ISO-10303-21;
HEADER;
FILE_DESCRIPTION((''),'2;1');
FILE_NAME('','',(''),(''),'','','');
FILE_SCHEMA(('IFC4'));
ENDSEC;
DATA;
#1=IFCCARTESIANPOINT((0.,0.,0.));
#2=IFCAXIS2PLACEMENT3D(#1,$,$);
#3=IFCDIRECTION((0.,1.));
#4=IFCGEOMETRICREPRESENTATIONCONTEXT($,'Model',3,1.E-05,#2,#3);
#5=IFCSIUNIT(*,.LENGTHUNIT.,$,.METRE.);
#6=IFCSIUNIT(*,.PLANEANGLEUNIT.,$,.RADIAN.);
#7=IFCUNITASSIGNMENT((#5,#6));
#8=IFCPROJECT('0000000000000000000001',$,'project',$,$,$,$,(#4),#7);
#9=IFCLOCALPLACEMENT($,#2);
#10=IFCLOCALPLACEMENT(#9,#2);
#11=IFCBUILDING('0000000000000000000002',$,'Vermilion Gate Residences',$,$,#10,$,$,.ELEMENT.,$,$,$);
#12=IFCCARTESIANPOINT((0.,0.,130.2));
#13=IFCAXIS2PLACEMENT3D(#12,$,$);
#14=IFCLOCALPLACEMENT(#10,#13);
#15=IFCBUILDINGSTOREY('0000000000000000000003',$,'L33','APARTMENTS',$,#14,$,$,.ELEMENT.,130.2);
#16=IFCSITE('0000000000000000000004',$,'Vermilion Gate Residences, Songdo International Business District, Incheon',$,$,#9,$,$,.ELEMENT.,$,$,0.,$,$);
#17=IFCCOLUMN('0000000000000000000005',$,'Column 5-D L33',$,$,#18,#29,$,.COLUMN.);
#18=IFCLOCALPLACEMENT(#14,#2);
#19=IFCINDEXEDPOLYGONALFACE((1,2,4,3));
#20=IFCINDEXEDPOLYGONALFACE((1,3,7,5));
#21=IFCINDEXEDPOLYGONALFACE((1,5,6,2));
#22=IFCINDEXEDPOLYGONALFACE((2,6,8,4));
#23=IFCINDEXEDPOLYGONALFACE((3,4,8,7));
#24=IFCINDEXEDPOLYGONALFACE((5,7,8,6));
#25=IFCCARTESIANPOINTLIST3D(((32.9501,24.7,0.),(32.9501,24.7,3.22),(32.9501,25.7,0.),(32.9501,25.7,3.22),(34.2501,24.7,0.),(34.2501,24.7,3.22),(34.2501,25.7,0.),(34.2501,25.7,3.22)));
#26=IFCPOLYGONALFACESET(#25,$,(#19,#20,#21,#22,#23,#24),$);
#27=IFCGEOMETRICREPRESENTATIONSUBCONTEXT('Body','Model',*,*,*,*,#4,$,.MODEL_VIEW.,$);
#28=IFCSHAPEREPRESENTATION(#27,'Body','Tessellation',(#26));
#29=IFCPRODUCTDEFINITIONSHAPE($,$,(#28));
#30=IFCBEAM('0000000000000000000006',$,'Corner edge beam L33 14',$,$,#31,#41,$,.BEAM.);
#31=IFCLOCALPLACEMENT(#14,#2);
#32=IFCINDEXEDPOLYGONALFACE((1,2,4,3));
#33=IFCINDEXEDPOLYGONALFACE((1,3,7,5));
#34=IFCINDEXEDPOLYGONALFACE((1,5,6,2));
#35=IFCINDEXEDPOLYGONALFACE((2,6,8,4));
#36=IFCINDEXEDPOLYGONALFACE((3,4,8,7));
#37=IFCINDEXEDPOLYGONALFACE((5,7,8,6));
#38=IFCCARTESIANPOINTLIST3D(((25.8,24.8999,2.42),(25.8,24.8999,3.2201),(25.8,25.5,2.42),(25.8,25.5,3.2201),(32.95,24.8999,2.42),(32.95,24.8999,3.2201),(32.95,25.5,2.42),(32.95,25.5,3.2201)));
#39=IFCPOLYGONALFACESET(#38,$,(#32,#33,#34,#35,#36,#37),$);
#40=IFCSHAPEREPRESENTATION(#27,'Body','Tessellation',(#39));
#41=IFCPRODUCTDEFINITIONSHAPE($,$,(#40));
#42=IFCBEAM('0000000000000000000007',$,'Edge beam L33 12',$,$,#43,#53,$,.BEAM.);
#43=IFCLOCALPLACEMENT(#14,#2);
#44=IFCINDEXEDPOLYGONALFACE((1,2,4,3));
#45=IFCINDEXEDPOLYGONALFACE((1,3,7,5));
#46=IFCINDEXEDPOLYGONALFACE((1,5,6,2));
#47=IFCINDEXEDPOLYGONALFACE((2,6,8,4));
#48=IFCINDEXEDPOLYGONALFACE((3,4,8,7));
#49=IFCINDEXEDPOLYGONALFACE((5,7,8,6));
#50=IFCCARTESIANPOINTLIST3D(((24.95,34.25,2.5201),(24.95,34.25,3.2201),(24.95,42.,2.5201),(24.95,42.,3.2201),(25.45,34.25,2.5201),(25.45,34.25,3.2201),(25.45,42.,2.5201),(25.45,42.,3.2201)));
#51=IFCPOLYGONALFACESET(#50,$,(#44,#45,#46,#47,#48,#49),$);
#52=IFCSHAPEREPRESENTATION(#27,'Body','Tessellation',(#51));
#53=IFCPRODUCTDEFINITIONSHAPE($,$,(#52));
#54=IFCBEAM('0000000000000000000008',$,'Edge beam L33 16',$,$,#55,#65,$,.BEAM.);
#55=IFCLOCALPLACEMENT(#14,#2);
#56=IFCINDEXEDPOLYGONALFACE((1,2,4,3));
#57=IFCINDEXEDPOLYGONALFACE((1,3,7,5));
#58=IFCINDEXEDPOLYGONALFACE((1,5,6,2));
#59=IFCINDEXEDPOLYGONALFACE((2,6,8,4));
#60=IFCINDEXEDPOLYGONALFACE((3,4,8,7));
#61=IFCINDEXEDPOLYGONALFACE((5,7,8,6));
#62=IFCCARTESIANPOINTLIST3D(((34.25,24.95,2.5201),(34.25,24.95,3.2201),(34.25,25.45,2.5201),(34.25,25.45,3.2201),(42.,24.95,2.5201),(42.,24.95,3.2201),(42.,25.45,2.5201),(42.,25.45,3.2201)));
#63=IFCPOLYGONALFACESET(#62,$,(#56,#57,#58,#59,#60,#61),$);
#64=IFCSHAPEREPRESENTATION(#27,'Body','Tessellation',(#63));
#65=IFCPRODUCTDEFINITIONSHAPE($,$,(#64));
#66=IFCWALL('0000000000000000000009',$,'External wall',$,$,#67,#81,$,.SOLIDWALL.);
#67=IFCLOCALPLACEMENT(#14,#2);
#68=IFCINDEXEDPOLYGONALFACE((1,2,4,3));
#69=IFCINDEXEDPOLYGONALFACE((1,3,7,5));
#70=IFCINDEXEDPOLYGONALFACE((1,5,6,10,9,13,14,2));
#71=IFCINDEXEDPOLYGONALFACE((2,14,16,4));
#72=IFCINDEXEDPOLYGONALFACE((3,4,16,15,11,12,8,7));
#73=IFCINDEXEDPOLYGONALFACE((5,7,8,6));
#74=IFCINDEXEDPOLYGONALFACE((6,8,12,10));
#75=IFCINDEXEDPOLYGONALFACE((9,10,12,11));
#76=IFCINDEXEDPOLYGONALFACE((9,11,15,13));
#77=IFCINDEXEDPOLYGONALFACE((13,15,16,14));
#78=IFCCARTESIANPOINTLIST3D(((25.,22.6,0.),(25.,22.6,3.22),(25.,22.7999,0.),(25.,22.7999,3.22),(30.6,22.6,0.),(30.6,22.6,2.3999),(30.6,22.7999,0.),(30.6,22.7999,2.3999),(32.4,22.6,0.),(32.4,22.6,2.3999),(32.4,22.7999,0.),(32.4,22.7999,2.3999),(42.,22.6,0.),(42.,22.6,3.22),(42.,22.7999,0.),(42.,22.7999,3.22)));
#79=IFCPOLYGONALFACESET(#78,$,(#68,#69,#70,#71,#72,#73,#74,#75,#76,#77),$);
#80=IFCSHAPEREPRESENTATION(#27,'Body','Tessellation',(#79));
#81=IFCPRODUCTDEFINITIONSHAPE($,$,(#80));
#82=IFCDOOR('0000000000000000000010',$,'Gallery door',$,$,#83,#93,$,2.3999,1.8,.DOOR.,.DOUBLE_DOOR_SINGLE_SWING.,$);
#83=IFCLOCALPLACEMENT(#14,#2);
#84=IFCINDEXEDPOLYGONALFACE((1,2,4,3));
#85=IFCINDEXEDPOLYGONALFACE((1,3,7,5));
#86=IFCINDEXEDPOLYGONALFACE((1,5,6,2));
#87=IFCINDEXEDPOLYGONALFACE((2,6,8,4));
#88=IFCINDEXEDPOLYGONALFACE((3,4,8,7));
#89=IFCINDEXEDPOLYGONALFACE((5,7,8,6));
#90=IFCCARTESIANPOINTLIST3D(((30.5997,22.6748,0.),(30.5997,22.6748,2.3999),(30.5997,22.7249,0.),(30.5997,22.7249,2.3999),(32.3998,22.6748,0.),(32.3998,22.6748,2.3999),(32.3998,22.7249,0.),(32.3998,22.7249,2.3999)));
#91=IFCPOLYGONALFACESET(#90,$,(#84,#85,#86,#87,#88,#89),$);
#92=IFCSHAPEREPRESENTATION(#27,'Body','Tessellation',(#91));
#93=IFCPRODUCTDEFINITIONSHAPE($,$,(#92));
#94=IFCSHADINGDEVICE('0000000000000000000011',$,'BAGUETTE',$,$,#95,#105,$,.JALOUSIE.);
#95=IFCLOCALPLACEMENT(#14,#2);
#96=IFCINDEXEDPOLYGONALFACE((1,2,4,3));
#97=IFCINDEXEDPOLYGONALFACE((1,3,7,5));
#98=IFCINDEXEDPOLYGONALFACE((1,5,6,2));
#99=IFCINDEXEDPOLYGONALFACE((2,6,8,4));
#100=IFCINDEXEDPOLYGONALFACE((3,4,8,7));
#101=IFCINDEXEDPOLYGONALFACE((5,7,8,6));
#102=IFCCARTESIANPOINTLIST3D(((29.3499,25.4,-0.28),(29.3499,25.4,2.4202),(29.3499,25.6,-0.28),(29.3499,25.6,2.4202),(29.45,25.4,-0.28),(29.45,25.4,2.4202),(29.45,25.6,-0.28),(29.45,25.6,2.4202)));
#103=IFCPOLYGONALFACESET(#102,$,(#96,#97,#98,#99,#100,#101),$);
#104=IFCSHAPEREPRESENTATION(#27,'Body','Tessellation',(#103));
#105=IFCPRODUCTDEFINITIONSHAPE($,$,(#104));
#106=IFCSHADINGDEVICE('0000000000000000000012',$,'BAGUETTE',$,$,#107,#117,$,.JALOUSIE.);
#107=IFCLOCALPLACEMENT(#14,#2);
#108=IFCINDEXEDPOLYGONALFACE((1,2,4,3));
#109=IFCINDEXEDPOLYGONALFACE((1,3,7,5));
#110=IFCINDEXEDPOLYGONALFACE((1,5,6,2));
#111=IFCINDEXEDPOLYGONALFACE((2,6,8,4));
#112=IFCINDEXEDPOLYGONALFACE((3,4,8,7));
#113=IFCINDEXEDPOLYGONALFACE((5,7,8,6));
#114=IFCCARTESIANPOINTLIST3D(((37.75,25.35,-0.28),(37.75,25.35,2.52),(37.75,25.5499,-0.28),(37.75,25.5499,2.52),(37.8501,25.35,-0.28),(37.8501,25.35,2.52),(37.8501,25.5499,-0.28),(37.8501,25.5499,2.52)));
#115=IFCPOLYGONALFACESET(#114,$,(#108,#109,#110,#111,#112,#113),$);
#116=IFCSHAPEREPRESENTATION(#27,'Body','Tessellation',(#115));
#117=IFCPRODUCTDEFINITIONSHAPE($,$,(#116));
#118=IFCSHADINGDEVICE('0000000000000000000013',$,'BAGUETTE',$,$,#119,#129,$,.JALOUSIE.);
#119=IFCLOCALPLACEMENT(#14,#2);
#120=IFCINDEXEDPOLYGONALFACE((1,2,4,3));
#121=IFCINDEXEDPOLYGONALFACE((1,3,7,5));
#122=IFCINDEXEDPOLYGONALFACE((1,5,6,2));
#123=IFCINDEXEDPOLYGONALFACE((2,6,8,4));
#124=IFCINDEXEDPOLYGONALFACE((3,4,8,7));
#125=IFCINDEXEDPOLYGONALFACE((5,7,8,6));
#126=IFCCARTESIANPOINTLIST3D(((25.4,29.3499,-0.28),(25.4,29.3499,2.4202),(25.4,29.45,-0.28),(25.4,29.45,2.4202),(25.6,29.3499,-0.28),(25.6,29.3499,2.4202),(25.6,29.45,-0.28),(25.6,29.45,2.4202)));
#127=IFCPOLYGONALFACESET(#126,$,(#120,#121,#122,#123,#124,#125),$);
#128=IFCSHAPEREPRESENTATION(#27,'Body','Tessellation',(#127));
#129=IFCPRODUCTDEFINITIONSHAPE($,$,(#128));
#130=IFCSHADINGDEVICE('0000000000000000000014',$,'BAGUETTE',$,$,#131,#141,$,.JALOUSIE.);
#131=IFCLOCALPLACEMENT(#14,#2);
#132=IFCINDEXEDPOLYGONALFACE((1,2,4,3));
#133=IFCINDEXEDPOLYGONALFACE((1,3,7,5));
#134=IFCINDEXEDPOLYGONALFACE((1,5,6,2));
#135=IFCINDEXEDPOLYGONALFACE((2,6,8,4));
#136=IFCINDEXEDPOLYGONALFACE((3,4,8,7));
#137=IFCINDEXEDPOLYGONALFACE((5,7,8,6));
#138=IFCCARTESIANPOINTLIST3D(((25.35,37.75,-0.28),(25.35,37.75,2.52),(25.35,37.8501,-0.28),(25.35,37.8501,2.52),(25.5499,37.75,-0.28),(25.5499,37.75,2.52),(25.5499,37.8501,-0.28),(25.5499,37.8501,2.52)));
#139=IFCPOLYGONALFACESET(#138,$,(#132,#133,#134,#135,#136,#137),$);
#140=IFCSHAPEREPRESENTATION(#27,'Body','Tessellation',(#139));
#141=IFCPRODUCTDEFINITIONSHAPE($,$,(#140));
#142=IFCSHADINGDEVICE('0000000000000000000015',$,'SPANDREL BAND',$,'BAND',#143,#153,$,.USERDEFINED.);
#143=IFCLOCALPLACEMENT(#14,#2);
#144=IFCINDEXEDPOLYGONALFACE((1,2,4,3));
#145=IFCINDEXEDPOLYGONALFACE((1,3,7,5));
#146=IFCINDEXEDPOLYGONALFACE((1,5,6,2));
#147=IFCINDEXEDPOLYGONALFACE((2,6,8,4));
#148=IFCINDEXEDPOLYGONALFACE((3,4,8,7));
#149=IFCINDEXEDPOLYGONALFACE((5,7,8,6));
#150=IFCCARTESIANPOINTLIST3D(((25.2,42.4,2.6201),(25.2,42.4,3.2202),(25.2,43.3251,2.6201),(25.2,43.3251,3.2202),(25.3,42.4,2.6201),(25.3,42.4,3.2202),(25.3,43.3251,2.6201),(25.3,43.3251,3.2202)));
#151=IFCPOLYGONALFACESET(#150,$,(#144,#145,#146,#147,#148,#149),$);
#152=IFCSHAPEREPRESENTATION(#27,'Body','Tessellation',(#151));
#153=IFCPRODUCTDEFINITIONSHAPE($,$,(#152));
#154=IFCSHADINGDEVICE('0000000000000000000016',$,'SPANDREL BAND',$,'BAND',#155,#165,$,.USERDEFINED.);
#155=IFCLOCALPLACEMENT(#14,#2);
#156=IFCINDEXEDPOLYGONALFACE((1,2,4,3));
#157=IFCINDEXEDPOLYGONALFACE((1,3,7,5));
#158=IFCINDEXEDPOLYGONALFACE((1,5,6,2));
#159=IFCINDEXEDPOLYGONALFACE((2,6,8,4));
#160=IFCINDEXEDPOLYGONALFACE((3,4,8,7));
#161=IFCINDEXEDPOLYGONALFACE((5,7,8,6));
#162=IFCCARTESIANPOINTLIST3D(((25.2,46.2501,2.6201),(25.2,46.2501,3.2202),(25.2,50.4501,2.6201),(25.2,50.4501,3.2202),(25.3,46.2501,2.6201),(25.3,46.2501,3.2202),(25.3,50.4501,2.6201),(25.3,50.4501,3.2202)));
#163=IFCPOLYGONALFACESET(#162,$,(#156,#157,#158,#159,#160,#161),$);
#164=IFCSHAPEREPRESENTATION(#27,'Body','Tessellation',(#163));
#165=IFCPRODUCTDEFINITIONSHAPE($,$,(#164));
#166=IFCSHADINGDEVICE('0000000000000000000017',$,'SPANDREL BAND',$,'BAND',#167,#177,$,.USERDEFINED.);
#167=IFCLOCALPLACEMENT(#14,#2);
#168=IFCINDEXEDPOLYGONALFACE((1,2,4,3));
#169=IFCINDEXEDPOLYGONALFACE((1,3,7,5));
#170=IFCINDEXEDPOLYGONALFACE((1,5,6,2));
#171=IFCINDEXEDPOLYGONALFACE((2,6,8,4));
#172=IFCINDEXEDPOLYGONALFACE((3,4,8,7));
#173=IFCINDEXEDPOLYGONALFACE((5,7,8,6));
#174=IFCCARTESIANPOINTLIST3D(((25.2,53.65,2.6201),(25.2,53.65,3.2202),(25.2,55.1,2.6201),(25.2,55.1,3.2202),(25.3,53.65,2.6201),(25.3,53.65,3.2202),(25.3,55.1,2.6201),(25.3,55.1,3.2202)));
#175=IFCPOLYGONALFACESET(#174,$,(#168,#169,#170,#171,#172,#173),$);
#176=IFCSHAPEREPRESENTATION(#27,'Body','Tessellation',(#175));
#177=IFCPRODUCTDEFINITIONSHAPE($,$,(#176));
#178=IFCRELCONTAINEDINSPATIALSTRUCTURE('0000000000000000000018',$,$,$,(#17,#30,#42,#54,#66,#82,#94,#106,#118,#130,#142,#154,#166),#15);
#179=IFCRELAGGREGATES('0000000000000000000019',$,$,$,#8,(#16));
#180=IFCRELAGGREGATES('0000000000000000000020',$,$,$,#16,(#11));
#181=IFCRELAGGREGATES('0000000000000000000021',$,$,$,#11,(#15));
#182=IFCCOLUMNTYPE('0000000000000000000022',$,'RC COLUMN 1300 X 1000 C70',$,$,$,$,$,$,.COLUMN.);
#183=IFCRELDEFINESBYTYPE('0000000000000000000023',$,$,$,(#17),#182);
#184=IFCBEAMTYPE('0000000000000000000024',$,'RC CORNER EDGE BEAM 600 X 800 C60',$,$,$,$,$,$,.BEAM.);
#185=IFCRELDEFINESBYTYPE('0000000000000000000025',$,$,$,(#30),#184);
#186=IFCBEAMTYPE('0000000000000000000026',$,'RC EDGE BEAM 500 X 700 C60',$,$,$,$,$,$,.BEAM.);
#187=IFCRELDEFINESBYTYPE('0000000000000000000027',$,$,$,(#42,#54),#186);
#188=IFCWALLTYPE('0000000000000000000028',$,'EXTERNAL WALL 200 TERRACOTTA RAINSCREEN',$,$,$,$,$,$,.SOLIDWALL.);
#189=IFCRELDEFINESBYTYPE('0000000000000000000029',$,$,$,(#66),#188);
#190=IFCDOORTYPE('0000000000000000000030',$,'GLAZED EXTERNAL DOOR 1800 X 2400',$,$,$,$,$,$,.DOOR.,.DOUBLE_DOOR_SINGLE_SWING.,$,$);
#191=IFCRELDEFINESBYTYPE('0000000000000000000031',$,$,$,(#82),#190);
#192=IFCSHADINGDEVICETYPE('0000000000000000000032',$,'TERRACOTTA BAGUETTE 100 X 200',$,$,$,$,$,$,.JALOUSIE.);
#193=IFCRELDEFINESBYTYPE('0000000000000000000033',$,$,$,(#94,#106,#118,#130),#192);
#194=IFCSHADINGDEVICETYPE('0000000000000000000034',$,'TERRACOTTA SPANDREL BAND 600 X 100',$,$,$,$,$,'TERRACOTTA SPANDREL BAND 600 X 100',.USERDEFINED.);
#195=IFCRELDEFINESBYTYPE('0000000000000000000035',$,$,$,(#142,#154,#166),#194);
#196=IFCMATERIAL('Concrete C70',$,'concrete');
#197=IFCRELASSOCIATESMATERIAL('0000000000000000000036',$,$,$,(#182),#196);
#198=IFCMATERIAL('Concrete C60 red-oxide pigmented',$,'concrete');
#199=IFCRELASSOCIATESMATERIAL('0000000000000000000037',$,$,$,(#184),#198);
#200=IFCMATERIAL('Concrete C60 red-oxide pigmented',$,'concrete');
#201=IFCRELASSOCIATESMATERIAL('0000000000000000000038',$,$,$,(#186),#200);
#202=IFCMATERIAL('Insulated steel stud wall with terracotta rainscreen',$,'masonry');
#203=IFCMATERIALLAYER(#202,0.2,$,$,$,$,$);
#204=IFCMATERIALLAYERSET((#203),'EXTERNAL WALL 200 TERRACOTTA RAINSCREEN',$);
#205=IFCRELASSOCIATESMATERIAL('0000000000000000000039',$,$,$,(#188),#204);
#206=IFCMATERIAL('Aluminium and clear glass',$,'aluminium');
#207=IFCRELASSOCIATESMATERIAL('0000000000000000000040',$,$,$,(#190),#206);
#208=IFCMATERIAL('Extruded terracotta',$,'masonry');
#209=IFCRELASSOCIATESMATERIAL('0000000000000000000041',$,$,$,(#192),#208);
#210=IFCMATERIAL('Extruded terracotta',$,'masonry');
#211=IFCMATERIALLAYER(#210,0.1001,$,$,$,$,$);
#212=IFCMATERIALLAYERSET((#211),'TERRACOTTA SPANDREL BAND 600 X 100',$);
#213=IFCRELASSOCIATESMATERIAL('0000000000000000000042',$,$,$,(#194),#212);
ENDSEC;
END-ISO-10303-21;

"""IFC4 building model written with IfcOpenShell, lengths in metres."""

from ifc_helpers import new_model, si_unit, direction, frame, frame_2d, origin, origin_2d, place, context, subcontext, project, spatial, rectangle, extrude, material, layer, layer_set, material_profile, profile_set, type_object, element, fill, save


model = new_model("IFC4")

# Units and contexts
model_context = context("Model", 3, precision=1e-05, world=origin(), true_north=direction((0.0, 1.0)))
body_context = subcontext(model_context, "Body", "Model", "MODEL_VIEW")
ifc_project = project(units=[si_unit("LENGTHUNIT", "METRE"), si_unit("PLANEANGLEUNIT", "RADIAN")], contexts=[model_context])

# Site, building, storey
site_placement = place(None, origin())
site = spatial("IfcSite", under=ifc_project, at=site_placement, Name="Vermilion Gate Residences, Songdo International Business District, Incheon", CompositionType="ELEMENT", RefElevation=0.0)
building_placement = place(site_placement, origin())
building = spatial("IfcBuilding", under=site, at=building_placement, Name="Vermilion Gate Residences", CompositionType="ELEMENT")
storey_placement = place(building_placement, frame((0.0, 0.0, 130.2)))
storey = spatial("IfcBuildingStorey", under=building, at=storey_placement, Name="L33", Description="APARTMENTS", CompositionType="ELEMENT", Elevation=130.2)

# Column
ifc_material_1 = material(Name="Concrete C70", Category="concrete")
ifc_material_profile_1 = material_profile(ifc_material_1, rectangle(XDim=1.3, YDim=1.0, at=origin_2d()), Name="RC-1300x1000")
ifc_profile_set_1 = profile_set([ifc_material_profile_1], Name="Concrete C70")
column_type = type_object("IfcColumnType", Name="RC COLUMN 1300 X 1000 C70", PredefinedType="COLUMN", material=ifc_profile_set_1)
column_placement = place(storey_placement, frame((33.6001, 25.2, 0.0), z_axis=(0.0, 0.0, 1.0), x_axis=(1.0, 0.0, 0.0)))
element("IfcColumn", 1, at=column_placement, inside=storey, type_object=column_type, Name="Column 5-D L33", PredefinedType="COLUMN", context=body_context, shape_type="SweptSolid", body=[
    extrude(rectangle(XDim=1.3, YDim=1.0, at=origin_2d()), origin(), (0.0, 0.0, 1.0), 3.22),
])

# Beams
ifc_material_2 = material(Name="Concrete C60 red-oxide pigmented", Category="concrete")
ifc_material_profile_2 = material_profile(ifc_material_2, rectangle(XDim=0.6001, YDim=0.8, at=origin_2d()), Name="RC-600x800")
ifc_profile_set_2 = profile_set([ifc_material_profile_2], Name="Concrete C60 red-oxide pigmented")
beam_type_1 = type_object("IfcBeamType", Name="RC CORNER EDGE BEAM 600 X 800 C60", PredefinedType="BEAM", material=ifc_profile_set_2)
beam_placement = place(storey_placement, frame((25.8, 25.2, 2.8201), z_axis=(1.0, 0.0, 0.0), x_axis=(0.0, 1.0, 0.0)))
element("IfcBeam", 2, at=beam_placement, inside=storey, type_object=beam_type_1, Name="Corner edge beam L33 14", PredefinedType="BEAM", context=body_context, shape_type="SweptSolid", body=[
    extrude(rectangle(XDim=0.6001, YDim=0.8, at=origin_2d()), origin(), (0.0, 0.0, 1.0), 7.1499),
])
ifc_material_3 = material(Name="Concrete C60 red-oxide pigmented", Category="concrete")
ifc_material_profile_3 = material_profile(ifc_material_3, rectangle(XDim=0.5, YDim=0.7, at=origin_2d()), Name="RC-500x700")
ifc_profile_set_3 = profile_set([ifc_material_profile_3], Name="Concrete C60 red-oxide pigmented")
beam_type_2 = type_object("IfcBeamType", Name="RC EDGE BEAM 500 X 700 C60", PredefinedType="BEAM", material=ifc_profile_set_3)
for number, where, z_axis, x_axis, name in (
    (3, (25.2, 34.25, 2.8701), (0.0, 1.0, 0.0), (-1.0, 0.0, 0.0), "Edge beam L33 12"),
    (4, (34.25, 25.2, 2.8701), (1.0, 0.0, 0.0), (0.0, 1.0, 0.0), "Edge beam L33 16"),
):
    element("IfcBeam", number, at=place(storey_placement, frame(where, z_axis=z_axis, x_axis=x_axis)), inside=storey, type_object=beam_type_2, Name=name, PredefinedType="BEAM", context=body_context, shape_type="SweptSolid", body=[
        extrude(rectangle(XDim=0.5, YDim=0.7, at=origin_2d()), origin(), (0.0, 0.0, 1.0), 7.75),
    ])

# Wall, opening, door
ifc_material_4 = material(Name="Insulated steel stud wall with terracotta rainscreen", Category="masonry")
ifc_layer_1 = layer(ifc_material_4, 0.2)
ifc_layer_set_1 = layer_set([ifc_layer_1], Name="EXTERNAL WALL 200 TERRACOTTA RAINSCREEN")
wall_type = type_object("IfcWallType", Name="EXTERNAL WALL 200 TERRACOTTA RAINSCREEN", PredefinedType="SOLIDWALL", material=ifc_layer_set_1)
wall_placement = place(storey_placement, frame((42.0, 22.7, 0.0), z_axis=(0.0, 0.0, 1.0), x_axis=(-1.0, 0.0, 0.0)))
wall = element("IfcWall", 5, at=wall_placement, inside=storey, type_object=wall_type, Name="External wall", PredefinedType="SOLIDWALL", context=body_context, shape_type="SweptSolid", body=[
    extrude(rectangle(XDim=17.0, YDim=0.2, at=frame_2d((8.5, 0.0))), origin(), (0.0, 0.0, 1.0), 3.22),
])
opening_placement = place(wall_placement, frame((9.6001, 0.0, 0.0)))
opening = element("IfcOpeningElement", 6, at=opening_placement, cuts=wall, PredefinedType="OPENING", context=body_context, shape_type="SweptSolid", body=[
    extrude(rectangle(XDim=1.8, YDim=2.3999, at=frame_2d((0.8999, 1.2))), frame((0.0, 0.1099, 0.0), z_axis=(0.0, -1.0, 0.0), x_axis=(1.0, 0.0, 0.0)), (0.0, 0.0, 1.0), 0.22),
])
ifc_material_5 = material(Name="Aluminium and clear glass", Category="aluminium")
door_type = type_object("IfcDoorType", Name="GLAZED EXTERNAL DOOR 1800 X 2400", OperationType="DOUBLE_DOOR_SINGLE_SWING", PredefinedType="DOOR", material=ifc_material_5)
door_placement = place(opening_placement, frame((1.8, 0.0, 0.0), z_axis=(0.0, 0.0, 1.0), x_axis=(-1.0, 0.0, 0.0)))
door = element("IfcDoor", 7, at=door_placement, inside=storey, type_object=door_type, Name="Gallery door", OperationType="DOUBLE_DOOR_SINGLE_SWING", OverallHeight=2.3999, OverallWidth=1.8, PredefinedType="DOOR", context=body_context, shape_type="SweptSolid", body=[
    extrude(rectangle(XDim=1.8, YDim=2.3999, at=frame_2d((0.8999, 1.2))), frame((0.0, 0.0249, 0.0), z_axis=(0.0, -1.0, 0.0), x_axis=(1.0, 0.0, 0.0)), (0.0, 0.0, 1.0), 0.05),
])
fill(opening, door)

# Shading devices
ifc_material_6 = material(Name="Extruded terracotta", Category="masonry")
ifc_material_profile_4 = material_profile(ifc_material_6, rectangle(XDim=0.2, YDim=0.1001, at=origin_2d()), Name="BAGUETTE 100 X 200")
ifc_profile_set_4 = profile_set([ifc_material_profile_4], Name="Extruded terracotta")
shading_device_type_1 = type_object("IfcShadingDeviceType", Name="TERRACOTTA BAGUETTE 100 X 200", PredefinedType="JALOUSIE", material=ifc_profile_set_4)
shading_device_1_placement = place(storey_placement, frame((29.3999, 25.5, -0.28), z_axis=(0.0, 0.0, 1.0), x_axis=(0.0, -1.0, 0.0)))
element("IfcShadingDevice", 8, at=shading_device_1_placement, inside=storey, type_object=shading_device_type_1, Name="BAGUETTE", PredefinedType="JALOUSIE", context=body_context, shape_type="SweptSolid", body=[
    extrude(rectangle(XDim=0.2, YDim=0.1001, at=origin_2d()), origin(), (0.0, 0.0, 1.0), 2.7002),
])
shading_device_2_placement = place(storey_placement, frame((37.8, 25.45, -0.28), z_axis=(0.0, 0.0, 1.0), x_axis=(0.0, -1.0, 0.0)))
element("IfcShadingDevice", 9, at=shading_device_2_placement, inside=storey, type_object=shading_device_type_1, Name="BAGUETTE", PredefinedType="JALOUSIE", context=body_context, shape_type="SweptSolid", body=[
    extrude(rectangle(XDim=0.2, YDim=0.1001, at=origin_2d()), origin(), (0.0, 0.0, 1.0), 2.8),
])
shading_device_3_placement = place(storey_placement, frame((25.5, 29.3999, -0.28), z_axis=(0.0, 0.0, 1.0), x_axis=(-1.0, 0.0, 0.0)))
element("IfcShadingDevice", 10, at=shading_device_3_placement, inside=storey, type_object=shading_device_type_1, Name="BAGUETTE", PredefinedType="JALOUSIE", context=body_context, shape_type="SweptSolid", body=[
    extrude(rectangle(XDim=0.2, YDim=0.1001, at=origin_2d()), origin(), (0.0, 0.0, 1.0), 2.7002),
])
shading_device_4_placement = place(storey_placement, frame((25.45, 37.8, -0.28), z_axis=(0.0, 0.0, 1.0), x_axis=(-1.0, 0.0, 0.0)))
element("IfcShadingDevice", 11, at=shading_device_4_placement, inside=storey, type_object=shading_device_type_1, Name="BAGUETTE", PredefinedType="JALOUSIE", context=body_context, shape_type="SweptSolid", body=[
    extrude(rectangle(XDim=0.2, YDim=0.1001, at=origin_2d()), origin(), (0.0, 0.0, 1.0), 2.8),
])
ifc_material_7 = material(Name="Extruded terracotta", Category="masonry")
ifc_layer_2 = layer(ifc_material_7, 0.1001)
ifc_layer_set_2 = layer_set([ifc_layer_2], Name="TERRACOTTA SPANDREL BAND 600 X 100")
shading_device_type_2 = type_object("IfcShadingDeviceType", Name="TERRACOTTA SPANDREL BAND 600 X 100", ElementType="TERRACOTTA SPANDREL BAND 600 X 100", PredefinedType="USERDEFINED", material=ifc_layer_set_2)
shading_device_5_placement = place(storey_placement, frame((25.25, 42.8625, 2.6201), z_axis=(0.0, 0.0, 1.0), x_axis=(0.0, 1.0, 0.0)))
element("IfcShadingDevice", 12, at=shading_device_5_placement, inside=storey, type_object=shading_device_type_2, Name="SPANDREL BAND", ObjectType="BAND", PredefinedType="USERDEFINED", context=body_context, shape_type="SweptSolid", body=[
    extrude(rectangle(XDim=0.925, YDim=0.1001, at=origin_2d()), origin(), (0.0, 0.0, 1.0), 0.6001),
])
shading_device_6_placement = place(storey_placement, frame((25.25, 48.3501, 2.6201), z_axis=(0.0, 0.0, 1.0), x_axis=(0.0, 1.0, 0.0)))
element("IfcShadingDevice", 13, at=shading_device_6_placement, inside=storey, type_object=shading_device_type_2, Name="SPANDREL BAND", ObjectType="BAND", PredefinedType="USERDEFINED", context=body_context, shape_type="SweptSolid", body=[
    extrude(rectangle(XDim=4.2, YDim=0.1001, at=origin_2d()), origin(), (0.0, 0.0, 1.0), 0.6001),
])
shading_device_7_placement = place(storey_placement, frame((25.25, 54.375, 2.6201), z_axis=(0.0, 0.0, 1.0), x_axis=(0.0, 1.0, 0.0)))
element("IfcShadingDevice", 14, at=shading_device_7_placement, inside=storey, type_object=shading_device_type_2, Name="SPANDREL BAND", ObjectType="BAND", PredefinedType="USERDEFINED", context=body_context, shape_type="SweptSolid", body=[
    extrude(rectangle(XDim=1.45, YDim=0.1001, at=origin_2d()), origin(), (0.0, 0.0, 1.0), 0.6001),
])

save(model, "model.ifc")
